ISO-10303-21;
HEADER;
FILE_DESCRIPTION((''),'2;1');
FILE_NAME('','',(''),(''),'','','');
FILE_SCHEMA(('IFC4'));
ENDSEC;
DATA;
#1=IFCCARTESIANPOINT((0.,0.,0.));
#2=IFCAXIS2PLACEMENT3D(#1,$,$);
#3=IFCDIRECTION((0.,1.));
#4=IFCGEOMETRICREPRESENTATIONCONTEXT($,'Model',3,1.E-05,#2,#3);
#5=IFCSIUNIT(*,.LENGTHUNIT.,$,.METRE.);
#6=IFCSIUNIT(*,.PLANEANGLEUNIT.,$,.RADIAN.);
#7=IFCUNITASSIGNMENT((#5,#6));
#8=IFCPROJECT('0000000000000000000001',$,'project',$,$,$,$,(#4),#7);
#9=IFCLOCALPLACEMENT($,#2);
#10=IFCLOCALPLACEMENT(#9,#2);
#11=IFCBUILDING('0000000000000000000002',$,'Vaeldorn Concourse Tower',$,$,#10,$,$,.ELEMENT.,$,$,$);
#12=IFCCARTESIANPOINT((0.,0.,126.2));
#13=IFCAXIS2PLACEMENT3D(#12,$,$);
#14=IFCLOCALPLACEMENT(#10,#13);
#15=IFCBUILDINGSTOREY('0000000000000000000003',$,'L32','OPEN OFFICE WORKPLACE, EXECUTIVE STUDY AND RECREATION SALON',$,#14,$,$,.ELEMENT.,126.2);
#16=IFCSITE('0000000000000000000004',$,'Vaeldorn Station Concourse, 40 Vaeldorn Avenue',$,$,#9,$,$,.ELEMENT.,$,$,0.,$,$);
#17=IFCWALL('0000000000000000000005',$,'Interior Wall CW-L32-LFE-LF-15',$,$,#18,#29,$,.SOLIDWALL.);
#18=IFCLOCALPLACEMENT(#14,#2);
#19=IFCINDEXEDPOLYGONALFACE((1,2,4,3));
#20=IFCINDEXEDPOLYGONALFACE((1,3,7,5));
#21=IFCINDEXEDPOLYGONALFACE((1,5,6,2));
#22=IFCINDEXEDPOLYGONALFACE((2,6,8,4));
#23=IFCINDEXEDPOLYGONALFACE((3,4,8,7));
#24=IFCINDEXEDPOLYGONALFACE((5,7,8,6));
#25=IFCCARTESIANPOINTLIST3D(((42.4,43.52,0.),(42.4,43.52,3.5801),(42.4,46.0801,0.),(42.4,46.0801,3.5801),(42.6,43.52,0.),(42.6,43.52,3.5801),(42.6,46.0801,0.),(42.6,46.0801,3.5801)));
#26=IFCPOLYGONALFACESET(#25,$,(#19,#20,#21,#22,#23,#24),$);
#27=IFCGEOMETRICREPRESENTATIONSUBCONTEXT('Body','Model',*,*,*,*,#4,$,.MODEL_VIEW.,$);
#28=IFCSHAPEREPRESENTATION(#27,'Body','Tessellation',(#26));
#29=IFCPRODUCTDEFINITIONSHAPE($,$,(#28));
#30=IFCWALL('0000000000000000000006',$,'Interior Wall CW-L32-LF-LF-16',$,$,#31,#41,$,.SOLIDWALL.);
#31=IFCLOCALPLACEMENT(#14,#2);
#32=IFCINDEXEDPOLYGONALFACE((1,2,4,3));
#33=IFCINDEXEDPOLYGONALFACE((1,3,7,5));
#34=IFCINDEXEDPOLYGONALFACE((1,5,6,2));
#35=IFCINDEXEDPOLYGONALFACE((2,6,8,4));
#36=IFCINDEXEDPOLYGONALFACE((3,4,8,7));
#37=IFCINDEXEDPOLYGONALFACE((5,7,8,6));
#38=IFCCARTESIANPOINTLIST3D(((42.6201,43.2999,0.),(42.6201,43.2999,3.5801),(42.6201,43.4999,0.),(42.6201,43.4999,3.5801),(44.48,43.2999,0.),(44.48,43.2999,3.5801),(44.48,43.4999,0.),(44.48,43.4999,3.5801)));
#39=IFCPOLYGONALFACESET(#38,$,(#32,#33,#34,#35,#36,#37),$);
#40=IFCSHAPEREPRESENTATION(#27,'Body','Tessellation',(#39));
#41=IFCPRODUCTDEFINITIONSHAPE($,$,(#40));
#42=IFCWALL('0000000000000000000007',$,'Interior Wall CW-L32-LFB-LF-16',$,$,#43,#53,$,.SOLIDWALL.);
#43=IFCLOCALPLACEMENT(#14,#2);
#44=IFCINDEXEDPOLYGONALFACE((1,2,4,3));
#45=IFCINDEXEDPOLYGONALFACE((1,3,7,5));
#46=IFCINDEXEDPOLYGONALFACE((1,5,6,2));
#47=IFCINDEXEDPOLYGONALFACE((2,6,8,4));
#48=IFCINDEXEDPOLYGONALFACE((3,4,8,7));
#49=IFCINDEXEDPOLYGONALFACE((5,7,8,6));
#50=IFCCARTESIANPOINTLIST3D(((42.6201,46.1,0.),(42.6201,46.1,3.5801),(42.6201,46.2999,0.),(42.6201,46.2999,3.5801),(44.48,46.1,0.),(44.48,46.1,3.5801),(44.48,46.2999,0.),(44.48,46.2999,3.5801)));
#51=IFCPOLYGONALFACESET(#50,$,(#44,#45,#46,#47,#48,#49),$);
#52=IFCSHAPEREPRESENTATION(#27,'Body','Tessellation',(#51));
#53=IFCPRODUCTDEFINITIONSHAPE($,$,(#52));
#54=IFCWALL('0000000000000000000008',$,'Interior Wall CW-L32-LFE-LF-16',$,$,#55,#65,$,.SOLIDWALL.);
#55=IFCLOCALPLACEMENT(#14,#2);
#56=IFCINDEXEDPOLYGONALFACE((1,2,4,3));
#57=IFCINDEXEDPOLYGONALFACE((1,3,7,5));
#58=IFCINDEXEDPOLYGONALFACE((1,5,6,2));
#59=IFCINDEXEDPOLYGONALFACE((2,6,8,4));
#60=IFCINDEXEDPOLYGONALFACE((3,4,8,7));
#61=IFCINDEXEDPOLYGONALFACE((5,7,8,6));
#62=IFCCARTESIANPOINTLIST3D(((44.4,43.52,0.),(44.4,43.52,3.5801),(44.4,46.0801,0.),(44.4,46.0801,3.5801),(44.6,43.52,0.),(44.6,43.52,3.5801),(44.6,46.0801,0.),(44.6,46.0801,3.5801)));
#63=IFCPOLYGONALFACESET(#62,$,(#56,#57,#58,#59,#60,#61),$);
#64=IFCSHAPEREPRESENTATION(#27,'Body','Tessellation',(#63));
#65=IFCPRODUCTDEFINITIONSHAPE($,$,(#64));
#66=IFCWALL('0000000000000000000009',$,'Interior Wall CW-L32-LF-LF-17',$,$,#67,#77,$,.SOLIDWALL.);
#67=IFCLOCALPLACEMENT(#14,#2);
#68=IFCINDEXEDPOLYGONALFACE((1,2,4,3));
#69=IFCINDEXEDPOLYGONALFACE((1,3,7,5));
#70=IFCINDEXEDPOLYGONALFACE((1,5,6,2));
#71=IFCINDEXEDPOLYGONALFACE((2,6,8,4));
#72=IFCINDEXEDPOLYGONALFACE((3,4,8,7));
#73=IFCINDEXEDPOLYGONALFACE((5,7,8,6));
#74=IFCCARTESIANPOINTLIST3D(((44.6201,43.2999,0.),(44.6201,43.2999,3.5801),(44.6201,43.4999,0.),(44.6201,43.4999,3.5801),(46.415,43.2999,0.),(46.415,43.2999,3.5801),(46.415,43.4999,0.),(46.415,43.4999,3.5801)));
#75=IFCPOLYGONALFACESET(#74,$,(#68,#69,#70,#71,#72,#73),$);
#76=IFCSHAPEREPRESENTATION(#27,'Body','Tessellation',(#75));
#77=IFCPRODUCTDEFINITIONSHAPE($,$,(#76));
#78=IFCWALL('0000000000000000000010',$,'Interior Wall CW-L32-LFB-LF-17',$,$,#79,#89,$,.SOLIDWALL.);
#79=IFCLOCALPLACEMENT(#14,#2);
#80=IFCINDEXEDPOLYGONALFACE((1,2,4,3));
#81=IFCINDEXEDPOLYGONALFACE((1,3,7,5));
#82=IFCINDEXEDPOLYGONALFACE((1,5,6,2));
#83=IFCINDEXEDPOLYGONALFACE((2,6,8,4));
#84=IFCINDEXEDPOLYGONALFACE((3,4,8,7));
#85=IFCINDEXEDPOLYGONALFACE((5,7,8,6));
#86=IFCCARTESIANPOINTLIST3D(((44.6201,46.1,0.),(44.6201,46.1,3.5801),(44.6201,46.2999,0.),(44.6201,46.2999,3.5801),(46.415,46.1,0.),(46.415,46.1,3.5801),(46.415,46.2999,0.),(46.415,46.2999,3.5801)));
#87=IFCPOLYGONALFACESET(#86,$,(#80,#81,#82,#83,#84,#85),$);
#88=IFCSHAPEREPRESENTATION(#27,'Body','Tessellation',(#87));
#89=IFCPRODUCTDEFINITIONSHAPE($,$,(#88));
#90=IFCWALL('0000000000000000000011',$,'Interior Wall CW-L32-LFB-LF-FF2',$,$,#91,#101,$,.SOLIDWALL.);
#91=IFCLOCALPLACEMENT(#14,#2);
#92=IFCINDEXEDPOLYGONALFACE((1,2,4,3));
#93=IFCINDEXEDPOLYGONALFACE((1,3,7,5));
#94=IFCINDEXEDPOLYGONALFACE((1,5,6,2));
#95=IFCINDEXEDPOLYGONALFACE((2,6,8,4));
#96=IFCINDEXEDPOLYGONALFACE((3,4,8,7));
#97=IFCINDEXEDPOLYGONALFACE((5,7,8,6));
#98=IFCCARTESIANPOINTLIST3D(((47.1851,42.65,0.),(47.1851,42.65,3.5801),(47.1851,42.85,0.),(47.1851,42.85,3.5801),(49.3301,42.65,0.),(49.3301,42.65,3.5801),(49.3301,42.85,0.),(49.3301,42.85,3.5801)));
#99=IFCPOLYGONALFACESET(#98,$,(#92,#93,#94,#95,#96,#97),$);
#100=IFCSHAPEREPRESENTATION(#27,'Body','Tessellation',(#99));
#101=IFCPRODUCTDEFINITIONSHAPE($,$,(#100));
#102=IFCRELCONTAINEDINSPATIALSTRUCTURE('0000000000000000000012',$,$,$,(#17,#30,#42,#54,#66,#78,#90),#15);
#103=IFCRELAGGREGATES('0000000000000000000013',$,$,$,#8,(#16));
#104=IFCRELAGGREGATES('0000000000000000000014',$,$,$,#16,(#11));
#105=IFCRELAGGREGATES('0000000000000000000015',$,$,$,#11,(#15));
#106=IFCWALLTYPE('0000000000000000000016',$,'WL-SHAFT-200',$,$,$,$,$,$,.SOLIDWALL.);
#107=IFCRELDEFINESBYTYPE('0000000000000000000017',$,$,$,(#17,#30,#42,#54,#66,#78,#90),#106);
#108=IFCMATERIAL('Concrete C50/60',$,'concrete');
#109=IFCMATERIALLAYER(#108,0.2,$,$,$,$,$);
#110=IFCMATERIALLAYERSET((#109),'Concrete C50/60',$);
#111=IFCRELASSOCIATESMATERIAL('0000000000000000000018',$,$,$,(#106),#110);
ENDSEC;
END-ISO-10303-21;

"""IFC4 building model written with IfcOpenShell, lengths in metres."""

from ifc_helpers import new_model, si_unit, direction, frame, frame_2d, origin, place, context, subcontext, project, spatial, rectangle, extrude, material, layer, layer_set, type_object, element, save


model = new_model("IFC4")

# Units and contexts
model_context = context("Model", 3, precision=1e-05, world=origin(), true_north=direction((0.0, 1.0)))
body_context = subcontext(model_context, "Body", "Model", "MODEL_VIEW")
ifc_project = project(units=[si_unit("LENGTHUNIT", "METRE"), si_unit("PLANEANGLEUNIT", "RADIAN")], contexts=[model_context])

# Site, building, storey
site_placement = place(None, origin())
site = spatial("IfcSite", under=ifc_project, at=site_placement, Name="Vaeldorn Station Concourse, 40 Vaeldorn Avenue", CompositionType="ELEMENT", RefElevation=0.0)
building_placement = place(site_placement, origin())
building = spatial("IfcBuilding", under=site, at=building_placement, Name="Vaeldorn Concourse Tower", CompositionType="ELEMENT")
storey_placement = place(building_placement, frame((0.0, 0.0, 126.2)))
storey = spatial("IfcBuildingStorey", under=building, at=storey_placement, Name="L32", Description="OPEN OFFICE WORKPLACE, EXECUTIVE STUDY AND RECREATION SALON", CompositionType="ELEMENT", Elevation=126.2)

# Shared definitions
ifc_material_1 = material(Name="Concrete C50/60", Category="concrete")
ifc_layer_1 = layer(ifc_material_1, 0.2)
ifc_layer_set_1 = layer_set([ifc_layer_1], Name="Concrete C50/60")
wall_type_1 = type_object("IfcWallType", Name="WL-SHAFT-200", PredefinedType="SOLIDWALL", material=ifc_layer_set_1)

# Walls
wall_1_placement = place(storey_placement, frame((42.5, 43.52, 0.0), z_axis=(0.0, 0.0, 1.0), x_axis=(0.0, 1.0, 0.0)))
element("IfcWall", 1, at=wall_1_placement, inside=storey, type_object=wall_type_1, Name="Interior Wall CW-L32-LFE-LF-15", PredefinedType="SOLIDWALL", context=body_context, shape_type="SweptSolid", body=[
    extrude(rectangle(XDim=2.5601, YDim=0.2, at=frame_2d((1.28, 0.0))), origin(), (0.0, 0.0, 1.0), 3.5801),
])
for number, where, z_axis, x_axis, name in (
    (2, (42.6201, 43.3999, 0.0), (0.0, 0.0, 1.0), (1.0, 0.0, 0.0), "Interior Wall CW-L32-LF-LF-16"),
    (3, (42.6201, 46.2, 0.0), (0.0, 0.0, 1.0), (1.0, 0.0, 0.0), "Interior Wall CW-L32-LFB-LF-16"),
):
    element("IfcWall", number, at=place(storey_placement, frame(where, z_axis=z_axis, x_axis=x_axis)), inside=storey, type_object=wall_type_1, Name=name, PredefinedType="SOLIDWALL", context=body_context, shape_type="SweptSolid", body=[
        extrude(rectangle(XDim=1.8599, YDim=0.2, at=frame_2d((0.9299, 0.0))), origin(), (0.0, 0.0, 1.0), 3.5801),
    ])
wall_2_placement = place(storey_placement, frame((44.5, 43.52, 0.0), z_axis=(0.0, 0.0, 1.0), x_axis=(0.0, 1.0, 0.0)))
element("IfcWall", 4, at=wall_2_placement, inside=storey, type_object=wall_type_1, Name="Interior Wall CW-L32-LFE-LF-16", PredefinedType="SOLIDWALL", context=body_context, shape_type="SweptSolid", body=[
    extrude(rectangle(XDim=2.5601, YDim=0.2, at=frame_2d((1.28, 0.0))), origin(), (0.0, 0.0, 1.0), 3.5801),
])
for number, where, z_axis, x_axis, name in (
    (5, (44.6201, 43.3999, 0.0), (0.0, 0.0, 1.0), (1.0, 0.0, 0.0), "Interior Wall CW-L32-LF-LF-17"),
    (6, (44.6201, 46.2, 0.0), (0.0, 0.0, 1.0), (1.0, 0.0, 0.0), "Interior Wall CW-L32-LFB-LF-17"),
):
    element("IfcWall", number, at=place(storey_placement, frame(where, z_axis=z_axis, x_axis=x_axis)), inside=storey, type_object=wall_type_1, Name=name, PredefinedType="SOLIDWALL", context=body_context, shape_type="SweptSolid", body=[
        extrude(rectangle(XDim=1.7949, YDim=0.2, at=frame_2d((0.8975, 0.0))), origin(), (0.0, 0.0, 1.0), 3.5801),
    ])

# Wall
wall_3_placement = place(storey_placement, frame((47.1851, 42.75, 0.0), z_axis=(0.0, 0.0, 1.0), x_axis=(1.0, 0.0, 0.0)))
element("IfcWall", 7, at=wall_3_placement, inside=storey, type_object=wall_type_1, Name="Interior Wall CW-L32-LFB-LF-FF2", PredefinedType="SOLIDWALL", context=body_context, shape_type="SweptSolid", body=[
    extrude(rectangle(XDim=2.145, YDim=0.2, at=frame_2d((1.0725, 0.0))), origin(), (0.0, 0.0, 1.0), 3.5801),
])

save(model, "model.ifc")
